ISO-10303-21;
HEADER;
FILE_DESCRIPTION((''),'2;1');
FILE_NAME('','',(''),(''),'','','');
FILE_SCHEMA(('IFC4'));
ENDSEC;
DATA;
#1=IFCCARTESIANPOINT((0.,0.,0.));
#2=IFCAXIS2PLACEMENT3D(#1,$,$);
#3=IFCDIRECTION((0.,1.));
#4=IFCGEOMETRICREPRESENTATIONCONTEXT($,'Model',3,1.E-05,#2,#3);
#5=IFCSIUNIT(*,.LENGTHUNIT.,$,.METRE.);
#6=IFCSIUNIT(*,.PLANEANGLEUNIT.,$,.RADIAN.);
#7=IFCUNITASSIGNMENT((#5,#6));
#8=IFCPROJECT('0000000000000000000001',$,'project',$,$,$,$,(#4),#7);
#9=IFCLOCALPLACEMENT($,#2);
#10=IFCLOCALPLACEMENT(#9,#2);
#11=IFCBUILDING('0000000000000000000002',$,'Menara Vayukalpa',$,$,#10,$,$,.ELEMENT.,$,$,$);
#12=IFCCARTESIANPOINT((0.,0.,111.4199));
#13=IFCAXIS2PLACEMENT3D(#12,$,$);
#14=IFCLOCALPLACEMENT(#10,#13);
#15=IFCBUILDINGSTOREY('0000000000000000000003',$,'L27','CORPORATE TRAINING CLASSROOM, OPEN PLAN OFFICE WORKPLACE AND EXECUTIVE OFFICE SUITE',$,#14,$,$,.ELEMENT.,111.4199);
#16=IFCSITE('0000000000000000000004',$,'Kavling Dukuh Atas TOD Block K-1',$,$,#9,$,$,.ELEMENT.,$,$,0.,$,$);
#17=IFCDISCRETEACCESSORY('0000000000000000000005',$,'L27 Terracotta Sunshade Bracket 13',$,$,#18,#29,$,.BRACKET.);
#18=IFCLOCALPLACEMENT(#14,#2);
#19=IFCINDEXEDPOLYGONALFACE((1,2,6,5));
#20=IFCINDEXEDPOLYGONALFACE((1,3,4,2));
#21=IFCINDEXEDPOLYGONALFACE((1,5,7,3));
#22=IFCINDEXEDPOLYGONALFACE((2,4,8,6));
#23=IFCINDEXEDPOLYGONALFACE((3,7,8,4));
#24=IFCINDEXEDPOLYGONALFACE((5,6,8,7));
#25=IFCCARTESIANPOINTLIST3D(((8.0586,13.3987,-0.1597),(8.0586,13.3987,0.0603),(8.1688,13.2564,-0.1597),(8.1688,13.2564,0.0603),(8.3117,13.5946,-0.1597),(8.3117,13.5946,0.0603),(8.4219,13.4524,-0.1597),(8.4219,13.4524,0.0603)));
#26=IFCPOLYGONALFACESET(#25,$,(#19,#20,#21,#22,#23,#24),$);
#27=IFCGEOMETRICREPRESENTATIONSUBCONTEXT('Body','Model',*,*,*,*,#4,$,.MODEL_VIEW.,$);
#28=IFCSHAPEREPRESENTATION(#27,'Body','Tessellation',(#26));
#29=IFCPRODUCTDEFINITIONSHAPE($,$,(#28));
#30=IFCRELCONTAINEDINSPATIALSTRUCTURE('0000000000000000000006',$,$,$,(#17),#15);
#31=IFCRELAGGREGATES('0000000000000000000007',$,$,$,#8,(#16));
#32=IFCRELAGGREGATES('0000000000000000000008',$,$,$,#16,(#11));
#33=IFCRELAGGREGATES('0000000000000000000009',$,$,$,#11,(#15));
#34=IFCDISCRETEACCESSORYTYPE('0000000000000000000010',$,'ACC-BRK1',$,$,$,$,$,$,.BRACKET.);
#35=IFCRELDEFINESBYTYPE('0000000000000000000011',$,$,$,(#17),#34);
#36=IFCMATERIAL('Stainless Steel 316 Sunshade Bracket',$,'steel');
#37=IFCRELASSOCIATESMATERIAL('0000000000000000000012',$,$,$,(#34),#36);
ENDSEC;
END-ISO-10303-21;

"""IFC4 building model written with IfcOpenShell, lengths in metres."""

from ifc_helpers import new_model, si_unit, direction, frame, origin, origin_2d, place, context, subcontext, project, spatial, rectangle, extrude, material, type_object, element, save


model = new_model("IFC4")

# Units and contexts
model_context = context("Model", 3, precision=1e-05, world=origin(), true_north=direction((0.0, 1.0)))
body_context = subcontext(model_context, "Body", "Model", "MODEL_VIEW")
ifc_project = project(units=[si_unit("LENGTHUNIT", "METRE"), si_unit("PLANEANGLEUNIT", "RADIAN")], contexts=[model_context])

# Site, building, storey
site_placement = place(None, origin())
site = spatial("IfcSite", under=ifc_project, at=site_placement, Name="Kavling Dukuh Atas TOD Block K-1", CompositionType="ELEMENT", RefElevation=0.0)
building_placement = place(site_placement, origin())
building = spatial("IfcBuilding", under=site, at=building_placement, Name="Menara Vayukalpa", CompositionType="ELEMENT")
storey_placement = place(building_placement, frame((0.0, 0.0, 111.4199)))
storey = spatial("IfcBuildingStorey", under=building, at=storey_placement, Name="L27", Description="CORPORATE TRAINING CLASSROOM, OPEN PLAN OFFICE WORKPLACE AND EXECUTIVE OFFICE SUITE", CompositionType="ELEMENT", Elevation=111.4199)

# Discrete accessory
ifc_material_1 = material(Name="Stainless Steel 316 Sunshade Bracket", Category="steel")
discrete_accessory_type = type_object("IfcDiscreteAccessoryType", Name="ACC-BRK1", PredefinedType="BRACKET", material=ifc_material_1)
discrete_accessory_placement = place(storey_placement, frame((8.2402, 13.4255, -0.1597), z_axis=(0.0, 0.0, 1.0), x_axis=(0.61219, -0.790711, 0.0)))
element("IfcDiscreteAccessory", 1, at=discrete_accessory_placement, inside=storey, type_object=discrete_accessory_type, Name="L27 Terracotta Sunshade Bracket 13", PredefinedType="BRACKET", context=body_context, shape_type="SweptSolid", body=[
    extrude(rectangle(XDim=0.1799, YDim=0.3201, at=origin_2d()), origin(), (0.0, 0.0, 1.0), 0.22),
])

save(model, "model.ifc")
